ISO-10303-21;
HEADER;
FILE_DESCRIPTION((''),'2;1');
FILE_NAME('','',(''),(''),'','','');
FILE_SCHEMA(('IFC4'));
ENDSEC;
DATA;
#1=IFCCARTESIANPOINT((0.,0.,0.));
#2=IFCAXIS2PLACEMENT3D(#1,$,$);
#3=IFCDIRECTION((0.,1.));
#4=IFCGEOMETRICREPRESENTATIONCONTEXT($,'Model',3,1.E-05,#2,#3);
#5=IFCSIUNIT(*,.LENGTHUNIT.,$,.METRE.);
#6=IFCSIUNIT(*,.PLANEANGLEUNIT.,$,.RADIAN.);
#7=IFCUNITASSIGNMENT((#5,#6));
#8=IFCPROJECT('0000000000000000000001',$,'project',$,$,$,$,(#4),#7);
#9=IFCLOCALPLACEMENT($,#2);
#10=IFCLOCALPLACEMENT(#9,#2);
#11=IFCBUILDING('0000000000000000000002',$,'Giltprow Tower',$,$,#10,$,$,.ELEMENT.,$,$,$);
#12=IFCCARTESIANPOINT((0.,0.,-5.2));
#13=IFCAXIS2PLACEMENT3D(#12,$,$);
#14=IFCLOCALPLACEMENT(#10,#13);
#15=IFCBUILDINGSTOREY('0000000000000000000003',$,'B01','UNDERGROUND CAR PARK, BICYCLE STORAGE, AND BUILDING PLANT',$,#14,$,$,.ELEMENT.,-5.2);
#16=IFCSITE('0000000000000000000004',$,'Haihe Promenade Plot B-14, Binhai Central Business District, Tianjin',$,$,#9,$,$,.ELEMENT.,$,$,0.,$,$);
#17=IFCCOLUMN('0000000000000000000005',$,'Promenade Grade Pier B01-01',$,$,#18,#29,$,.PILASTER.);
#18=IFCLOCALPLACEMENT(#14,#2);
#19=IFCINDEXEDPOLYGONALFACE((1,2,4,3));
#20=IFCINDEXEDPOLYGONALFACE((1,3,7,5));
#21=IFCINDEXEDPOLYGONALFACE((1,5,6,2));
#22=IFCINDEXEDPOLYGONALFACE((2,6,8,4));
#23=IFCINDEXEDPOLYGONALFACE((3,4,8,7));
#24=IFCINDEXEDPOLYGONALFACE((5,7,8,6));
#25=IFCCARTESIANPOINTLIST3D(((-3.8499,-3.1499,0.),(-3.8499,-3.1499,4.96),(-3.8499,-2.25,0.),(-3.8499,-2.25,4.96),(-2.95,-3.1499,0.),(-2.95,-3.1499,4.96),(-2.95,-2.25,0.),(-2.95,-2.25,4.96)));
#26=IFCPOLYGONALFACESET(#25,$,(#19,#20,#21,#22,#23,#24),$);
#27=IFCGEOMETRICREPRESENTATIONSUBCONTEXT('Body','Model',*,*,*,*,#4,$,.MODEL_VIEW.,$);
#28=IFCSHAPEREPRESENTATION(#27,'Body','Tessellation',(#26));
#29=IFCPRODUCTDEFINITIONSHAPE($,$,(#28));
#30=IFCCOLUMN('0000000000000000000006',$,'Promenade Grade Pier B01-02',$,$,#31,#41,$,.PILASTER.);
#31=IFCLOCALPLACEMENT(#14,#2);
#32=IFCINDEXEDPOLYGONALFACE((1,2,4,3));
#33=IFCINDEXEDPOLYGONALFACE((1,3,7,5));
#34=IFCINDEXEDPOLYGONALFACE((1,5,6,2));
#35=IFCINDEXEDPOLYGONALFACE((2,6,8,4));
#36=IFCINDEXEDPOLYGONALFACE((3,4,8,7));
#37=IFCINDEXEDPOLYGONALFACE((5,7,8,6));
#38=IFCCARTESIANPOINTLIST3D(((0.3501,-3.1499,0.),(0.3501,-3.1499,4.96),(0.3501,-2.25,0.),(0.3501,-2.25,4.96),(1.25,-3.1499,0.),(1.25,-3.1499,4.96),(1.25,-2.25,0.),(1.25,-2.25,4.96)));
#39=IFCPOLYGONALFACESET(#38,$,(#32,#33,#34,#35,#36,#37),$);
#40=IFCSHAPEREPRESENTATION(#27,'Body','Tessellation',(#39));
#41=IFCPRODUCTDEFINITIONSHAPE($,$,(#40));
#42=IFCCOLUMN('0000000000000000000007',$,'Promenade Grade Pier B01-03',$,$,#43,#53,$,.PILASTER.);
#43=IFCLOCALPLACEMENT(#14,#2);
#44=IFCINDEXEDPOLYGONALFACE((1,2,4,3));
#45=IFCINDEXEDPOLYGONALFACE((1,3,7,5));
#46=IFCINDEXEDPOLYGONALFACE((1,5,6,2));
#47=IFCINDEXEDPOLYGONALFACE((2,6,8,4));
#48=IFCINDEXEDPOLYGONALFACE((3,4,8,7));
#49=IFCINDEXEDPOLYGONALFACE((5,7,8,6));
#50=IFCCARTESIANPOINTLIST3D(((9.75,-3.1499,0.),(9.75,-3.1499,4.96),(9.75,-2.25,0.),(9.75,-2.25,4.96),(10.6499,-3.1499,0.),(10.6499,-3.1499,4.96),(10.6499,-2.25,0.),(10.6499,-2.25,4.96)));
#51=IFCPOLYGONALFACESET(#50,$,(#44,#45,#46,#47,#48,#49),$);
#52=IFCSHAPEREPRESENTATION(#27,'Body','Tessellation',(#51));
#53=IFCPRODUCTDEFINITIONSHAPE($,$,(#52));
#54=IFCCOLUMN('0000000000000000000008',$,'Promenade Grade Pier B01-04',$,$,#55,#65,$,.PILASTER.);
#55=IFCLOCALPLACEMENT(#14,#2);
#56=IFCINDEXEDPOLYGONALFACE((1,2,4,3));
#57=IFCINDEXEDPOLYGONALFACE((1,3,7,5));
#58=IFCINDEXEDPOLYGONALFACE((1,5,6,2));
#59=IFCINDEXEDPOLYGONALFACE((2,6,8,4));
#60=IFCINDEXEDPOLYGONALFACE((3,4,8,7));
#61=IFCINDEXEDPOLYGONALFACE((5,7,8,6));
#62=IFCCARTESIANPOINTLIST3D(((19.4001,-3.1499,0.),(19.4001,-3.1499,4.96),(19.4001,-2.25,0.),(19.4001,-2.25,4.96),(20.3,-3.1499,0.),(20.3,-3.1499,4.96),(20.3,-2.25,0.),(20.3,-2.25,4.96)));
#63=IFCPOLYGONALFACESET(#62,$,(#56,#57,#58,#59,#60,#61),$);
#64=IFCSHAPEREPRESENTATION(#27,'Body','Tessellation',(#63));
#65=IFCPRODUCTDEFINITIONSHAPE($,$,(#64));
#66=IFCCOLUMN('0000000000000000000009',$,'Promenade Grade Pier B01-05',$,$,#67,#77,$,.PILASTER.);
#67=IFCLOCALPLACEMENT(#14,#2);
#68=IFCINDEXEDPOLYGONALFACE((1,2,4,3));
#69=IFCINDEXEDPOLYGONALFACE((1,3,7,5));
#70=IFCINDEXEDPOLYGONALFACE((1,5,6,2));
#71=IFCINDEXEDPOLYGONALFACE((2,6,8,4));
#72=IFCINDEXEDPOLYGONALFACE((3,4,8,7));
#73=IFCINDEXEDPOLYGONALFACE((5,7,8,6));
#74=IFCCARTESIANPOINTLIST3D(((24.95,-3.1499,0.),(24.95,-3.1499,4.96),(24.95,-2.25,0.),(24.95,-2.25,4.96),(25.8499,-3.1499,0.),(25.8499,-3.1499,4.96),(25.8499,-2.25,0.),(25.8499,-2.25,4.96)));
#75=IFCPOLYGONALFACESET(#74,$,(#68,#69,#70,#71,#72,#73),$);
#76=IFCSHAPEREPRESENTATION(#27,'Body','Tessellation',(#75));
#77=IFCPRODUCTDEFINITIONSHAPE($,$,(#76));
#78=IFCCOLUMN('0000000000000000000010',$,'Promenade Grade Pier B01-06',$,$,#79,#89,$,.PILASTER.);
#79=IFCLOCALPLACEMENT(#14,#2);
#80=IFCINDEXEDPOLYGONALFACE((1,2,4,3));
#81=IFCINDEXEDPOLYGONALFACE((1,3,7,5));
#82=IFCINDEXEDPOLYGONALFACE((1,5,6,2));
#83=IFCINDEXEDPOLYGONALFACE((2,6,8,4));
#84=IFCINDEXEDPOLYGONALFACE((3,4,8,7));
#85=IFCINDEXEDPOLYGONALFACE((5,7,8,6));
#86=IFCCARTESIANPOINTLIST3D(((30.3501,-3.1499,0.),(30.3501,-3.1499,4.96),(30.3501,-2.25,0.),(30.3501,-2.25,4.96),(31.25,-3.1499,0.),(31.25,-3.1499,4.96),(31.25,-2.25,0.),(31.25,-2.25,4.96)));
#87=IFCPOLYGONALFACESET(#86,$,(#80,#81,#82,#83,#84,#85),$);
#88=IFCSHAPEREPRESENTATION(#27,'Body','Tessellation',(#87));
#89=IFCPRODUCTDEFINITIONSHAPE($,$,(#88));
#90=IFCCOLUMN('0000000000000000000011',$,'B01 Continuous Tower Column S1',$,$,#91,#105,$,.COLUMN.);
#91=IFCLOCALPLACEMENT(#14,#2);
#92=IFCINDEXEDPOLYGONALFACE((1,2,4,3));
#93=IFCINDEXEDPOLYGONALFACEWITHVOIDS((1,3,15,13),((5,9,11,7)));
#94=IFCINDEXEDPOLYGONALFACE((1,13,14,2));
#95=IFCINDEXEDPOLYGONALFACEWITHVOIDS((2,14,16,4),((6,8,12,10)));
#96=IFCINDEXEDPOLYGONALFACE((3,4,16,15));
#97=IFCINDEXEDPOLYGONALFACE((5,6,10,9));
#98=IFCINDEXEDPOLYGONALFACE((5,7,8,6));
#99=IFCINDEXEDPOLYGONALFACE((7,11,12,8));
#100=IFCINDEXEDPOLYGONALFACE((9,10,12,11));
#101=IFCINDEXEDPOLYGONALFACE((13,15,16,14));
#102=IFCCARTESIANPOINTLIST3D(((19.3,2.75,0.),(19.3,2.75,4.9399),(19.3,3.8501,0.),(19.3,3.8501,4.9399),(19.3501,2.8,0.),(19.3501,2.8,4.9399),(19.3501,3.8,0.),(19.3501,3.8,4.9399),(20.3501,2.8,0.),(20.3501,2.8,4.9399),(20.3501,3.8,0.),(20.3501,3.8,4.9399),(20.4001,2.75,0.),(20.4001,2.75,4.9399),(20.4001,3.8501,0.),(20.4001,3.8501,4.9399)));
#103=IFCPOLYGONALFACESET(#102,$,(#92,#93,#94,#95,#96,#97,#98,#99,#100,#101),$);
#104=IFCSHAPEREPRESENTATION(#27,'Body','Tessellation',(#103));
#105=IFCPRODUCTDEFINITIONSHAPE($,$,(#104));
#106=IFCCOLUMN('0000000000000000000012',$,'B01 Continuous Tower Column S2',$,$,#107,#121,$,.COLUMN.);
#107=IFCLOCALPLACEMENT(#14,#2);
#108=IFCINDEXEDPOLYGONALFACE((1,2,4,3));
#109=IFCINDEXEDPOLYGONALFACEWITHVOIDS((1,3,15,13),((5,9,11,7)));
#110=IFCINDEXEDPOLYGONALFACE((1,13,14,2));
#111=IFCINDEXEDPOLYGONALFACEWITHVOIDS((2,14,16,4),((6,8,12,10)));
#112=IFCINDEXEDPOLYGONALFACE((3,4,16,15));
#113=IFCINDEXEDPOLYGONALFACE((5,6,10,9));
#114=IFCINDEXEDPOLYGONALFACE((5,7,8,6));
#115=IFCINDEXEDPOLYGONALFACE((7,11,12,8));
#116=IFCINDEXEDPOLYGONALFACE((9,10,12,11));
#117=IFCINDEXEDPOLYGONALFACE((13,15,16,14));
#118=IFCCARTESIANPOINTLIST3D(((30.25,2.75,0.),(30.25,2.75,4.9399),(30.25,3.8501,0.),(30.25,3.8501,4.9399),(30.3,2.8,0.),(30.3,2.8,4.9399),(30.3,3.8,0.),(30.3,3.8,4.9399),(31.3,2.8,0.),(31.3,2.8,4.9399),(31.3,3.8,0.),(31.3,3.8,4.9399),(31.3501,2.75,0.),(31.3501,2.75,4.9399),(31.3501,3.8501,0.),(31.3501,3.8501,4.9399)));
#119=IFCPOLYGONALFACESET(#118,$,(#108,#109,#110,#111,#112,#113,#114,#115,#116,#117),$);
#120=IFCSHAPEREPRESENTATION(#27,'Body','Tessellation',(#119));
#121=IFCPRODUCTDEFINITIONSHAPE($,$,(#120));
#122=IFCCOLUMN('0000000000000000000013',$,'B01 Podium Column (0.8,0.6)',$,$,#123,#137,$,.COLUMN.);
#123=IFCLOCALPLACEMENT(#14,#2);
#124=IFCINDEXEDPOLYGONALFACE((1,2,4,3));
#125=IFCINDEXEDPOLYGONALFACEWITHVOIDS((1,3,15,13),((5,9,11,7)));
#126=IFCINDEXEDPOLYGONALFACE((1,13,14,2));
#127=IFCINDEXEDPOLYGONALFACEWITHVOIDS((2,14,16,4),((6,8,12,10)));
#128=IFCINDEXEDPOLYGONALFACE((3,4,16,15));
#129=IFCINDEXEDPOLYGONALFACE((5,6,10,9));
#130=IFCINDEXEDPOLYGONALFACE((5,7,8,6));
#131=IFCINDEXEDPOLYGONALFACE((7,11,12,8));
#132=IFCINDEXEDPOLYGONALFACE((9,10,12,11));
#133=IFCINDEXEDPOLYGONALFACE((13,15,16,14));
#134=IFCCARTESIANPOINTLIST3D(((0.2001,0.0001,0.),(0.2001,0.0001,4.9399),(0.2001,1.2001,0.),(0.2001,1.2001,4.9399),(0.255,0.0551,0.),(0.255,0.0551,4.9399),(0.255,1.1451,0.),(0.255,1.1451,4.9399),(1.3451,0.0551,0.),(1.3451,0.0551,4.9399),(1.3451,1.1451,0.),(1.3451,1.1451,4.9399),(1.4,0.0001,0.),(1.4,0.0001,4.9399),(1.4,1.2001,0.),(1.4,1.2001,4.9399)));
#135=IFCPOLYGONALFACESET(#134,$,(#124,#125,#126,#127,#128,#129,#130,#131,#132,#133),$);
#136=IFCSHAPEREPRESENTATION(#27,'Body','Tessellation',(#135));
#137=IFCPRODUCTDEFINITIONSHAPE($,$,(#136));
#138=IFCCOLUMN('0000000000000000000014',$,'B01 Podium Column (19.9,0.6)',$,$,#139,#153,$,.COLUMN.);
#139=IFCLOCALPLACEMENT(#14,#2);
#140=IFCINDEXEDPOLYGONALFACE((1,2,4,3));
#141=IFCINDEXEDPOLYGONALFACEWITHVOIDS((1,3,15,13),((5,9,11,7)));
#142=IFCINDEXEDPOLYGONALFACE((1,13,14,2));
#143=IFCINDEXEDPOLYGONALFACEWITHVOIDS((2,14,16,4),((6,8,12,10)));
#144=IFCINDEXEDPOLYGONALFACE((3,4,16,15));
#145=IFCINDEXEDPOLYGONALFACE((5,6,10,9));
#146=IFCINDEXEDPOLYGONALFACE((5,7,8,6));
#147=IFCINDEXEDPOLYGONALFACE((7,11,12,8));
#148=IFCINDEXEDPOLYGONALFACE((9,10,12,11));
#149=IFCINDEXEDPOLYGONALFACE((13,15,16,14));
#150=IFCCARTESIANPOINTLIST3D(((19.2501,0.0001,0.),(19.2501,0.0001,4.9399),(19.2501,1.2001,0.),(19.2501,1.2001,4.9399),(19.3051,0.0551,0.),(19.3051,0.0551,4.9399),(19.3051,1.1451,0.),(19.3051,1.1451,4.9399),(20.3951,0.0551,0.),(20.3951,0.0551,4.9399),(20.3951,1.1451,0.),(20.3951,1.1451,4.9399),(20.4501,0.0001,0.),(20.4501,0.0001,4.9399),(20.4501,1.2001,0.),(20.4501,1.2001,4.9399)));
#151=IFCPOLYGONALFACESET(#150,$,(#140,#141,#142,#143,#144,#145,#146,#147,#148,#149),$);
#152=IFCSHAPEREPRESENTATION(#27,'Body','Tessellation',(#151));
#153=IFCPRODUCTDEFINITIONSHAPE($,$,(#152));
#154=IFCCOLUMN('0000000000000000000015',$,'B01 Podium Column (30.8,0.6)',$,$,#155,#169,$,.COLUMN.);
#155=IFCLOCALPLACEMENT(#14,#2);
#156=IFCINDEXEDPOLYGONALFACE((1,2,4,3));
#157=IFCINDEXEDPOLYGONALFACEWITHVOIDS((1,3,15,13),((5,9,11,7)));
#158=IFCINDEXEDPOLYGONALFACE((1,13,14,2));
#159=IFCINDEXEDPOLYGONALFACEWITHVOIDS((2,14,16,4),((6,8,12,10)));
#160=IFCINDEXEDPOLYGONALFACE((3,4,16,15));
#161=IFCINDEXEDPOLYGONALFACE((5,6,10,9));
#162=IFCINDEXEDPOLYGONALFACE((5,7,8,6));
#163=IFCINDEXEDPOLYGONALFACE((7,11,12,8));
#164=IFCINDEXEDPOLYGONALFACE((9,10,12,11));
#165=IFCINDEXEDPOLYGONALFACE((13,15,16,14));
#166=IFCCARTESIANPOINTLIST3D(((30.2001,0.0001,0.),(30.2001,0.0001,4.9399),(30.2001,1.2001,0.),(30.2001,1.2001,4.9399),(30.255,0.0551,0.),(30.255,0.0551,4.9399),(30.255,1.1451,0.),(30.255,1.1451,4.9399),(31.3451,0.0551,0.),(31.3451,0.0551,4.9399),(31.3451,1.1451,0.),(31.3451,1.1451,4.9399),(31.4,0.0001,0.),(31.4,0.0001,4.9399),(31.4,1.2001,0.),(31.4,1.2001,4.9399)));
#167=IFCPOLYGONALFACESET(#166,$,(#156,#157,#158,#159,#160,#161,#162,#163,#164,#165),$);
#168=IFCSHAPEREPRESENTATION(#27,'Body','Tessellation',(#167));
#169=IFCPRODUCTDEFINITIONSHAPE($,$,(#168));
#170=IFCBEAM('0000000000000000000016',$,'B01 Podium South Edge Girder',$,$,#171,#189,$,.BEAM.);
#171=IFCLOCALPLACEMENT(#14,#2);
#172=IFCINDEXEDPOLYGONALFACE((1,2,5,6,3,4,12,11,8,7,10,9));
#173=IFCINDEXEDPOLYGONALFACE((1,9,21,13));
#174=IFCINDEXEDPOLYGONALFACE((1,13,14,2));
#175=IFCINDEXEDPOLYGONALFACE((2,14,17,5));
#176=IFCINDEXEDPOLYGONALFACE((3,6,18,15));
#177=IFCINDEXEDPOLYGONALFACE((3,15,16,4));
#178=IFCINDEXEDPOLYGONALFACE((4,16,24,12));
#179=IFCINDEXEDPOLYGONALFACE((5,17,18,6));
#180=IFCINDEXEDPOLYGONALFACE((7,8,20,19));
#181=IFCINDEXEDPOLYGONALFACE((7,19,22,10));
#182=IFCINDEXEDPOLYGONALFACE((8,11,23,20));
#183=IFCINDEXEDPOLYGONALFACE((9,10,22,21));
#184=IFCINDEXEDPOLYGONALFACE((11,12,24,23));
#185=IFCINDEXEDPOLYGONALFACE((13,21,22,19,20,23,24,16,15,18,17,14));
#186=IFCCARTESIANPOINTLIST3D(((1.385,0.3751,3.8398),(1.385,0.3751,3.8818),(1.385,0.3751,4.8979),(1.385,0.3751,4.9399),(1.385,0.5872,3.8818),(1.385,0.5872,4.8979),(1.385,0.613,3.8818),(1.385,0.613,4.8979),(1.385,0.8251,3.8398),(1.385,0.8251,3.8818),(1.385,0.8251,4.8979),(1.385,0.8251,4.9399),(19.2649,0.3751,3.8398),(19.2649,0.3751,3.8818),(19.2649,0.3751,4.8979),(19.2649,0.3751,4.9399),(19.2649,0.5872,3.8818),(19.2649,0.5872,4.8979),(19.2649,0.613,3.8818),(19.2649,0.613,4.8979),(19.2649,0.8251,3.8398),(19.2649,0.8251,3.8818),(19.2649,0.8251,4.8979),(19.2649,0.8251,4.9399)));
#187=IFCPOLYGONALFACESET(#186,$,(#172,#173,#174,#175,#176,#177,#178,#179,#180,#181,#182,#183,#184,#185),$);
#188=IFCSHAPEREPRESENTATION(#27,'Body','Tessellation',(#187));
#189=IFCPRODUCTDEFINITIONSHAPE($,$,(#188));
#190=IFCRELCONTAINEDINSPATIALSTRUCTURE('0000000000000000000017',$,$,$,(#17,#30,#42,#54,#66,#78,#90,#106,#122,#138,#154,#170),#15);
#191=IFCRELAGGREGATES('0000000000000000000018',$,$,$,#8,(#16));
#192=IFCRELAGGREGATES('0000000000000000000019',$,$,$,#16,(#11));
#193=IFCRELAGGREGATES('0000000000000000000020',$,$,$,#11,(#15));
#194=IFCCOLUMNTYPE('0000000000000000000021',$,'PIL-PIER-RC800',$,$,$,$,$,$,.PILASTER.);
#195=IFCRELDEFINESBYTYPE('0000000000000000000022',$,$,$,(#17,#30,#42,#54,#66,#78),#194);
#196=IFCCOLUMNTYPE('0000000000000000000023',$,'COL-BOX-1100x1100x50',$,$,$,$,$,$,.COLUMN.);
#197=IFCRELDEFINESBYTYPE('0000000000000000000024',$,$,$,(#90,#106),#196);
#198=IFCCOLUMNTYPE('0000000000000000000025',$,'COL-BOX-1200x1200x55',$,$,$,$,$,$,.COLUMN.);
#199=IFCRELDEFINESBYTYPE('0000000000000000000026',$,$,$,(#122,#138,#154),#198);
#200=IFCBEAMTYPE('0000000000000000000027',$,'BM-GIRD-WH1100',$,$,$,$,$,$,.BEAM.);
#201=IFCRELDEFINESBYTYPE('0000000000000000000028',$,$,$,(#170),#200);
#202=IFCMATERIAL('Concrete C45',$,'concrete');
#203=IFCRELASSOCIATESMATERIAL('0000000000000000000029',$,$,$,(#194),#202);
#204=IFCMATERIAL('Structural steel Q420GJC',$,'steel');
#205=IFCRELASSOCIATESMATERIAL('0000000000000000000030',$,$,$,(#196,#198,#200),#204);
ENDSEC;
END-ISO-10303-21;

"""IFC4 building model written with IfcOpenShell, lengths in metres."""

from ifc_helpers import new_model, si_unit, direction, frame, origin, origin_2d, place, context, subcontext, project, spatial, rectangle, hollow_rectangle, i_section, extrude, source, transform, mapped, material, material_profile, profile_set, type_object, element, save


model = new_model("IFC4")

# Units and contexts
model_context = context("Model", 3, precision=1e-05, world=origin(), true_north=direction((0.0, 1.0)))
body_context = subcontext(model_context, "Body", "Model", "MODEL_VIEW")
ifc_project = project(units=[si_unit("LENGTHUNIT", "METRE"), si_unit("PLANEANGLEUNIT", "RADIAN")], contexts=[model_context])

# Site, building, storey
site_placement = place(None, origin())
site = spatial("IfcSite", under=ifc_project, at=site_placement, Name="Haihe Promenade Plot B-14, Binhai Central Business District, Tianjin", CompositionType="ELEMENT", RefElevation=0.0)
building_placement = place(site_placement, origin())
building = spatial("IfcBuilding", under=site, at=building_placement, Name="Giltprow Tower", CompositionType="ELEMENT")
storey_placement = place(building_placement, frame((0.0, 0.0, -5.2)))
storey = spatial("IfcBuildingStorey", under=building, at=storey_placement, Name="B01", Description="UNDERGROUND CAR PARK, BICYCLE STORAGE, AND BUILDING PLANT", CompositionType="ELEMENT", Elevation=-5.2)

# Columns
ifc_material_1 = material(Name="Concrete C45", Category="concrete")
ifc_material_profile_1 = material_profile(ifc_material_1, rectangle(XDim=0.8999, YDim=0.8999, at=origin_2d()), Name="RC 900x900")
ifc_profile_set_1 = profile_set([ifc_material_profile_1], Name="Concrete C45")
column_type_1 = type_object("IfcColumnType", Name="PIL-PIER-RC800", PredefinedType="PILASTER", material=ifc_profile_set_1)
shared_shape_1 = source(origin(), body_context, "Body", "SweptSolid", [
    extrude(rectangle(XDim=0.8999, YDim=0.8999, at=origin_2d()), origin(), (0.0, 0.0, 1.0), 4.96),
])
for number, where, z_axis, x_axis, name in (
    (1, (-3.3999, -2.7, 0.0), (0.0, 0.0, 1.0), (1.0, 0.0, 0.0), "Promenade Grade Pier B01-01"),
    (2, (0.8, -2.7, 0.0), (0.0, 0.0, 1.0), (1.0, 0.0, 0.0), "Promenade Grade Pier B01-02"),
    (3, (10.2, -2.7, 0.0), (0.0, 0.0, 1.0), (1.0, 0.0, 0.0), "Promenade Grade Pier B01-03"),
    (4, (19.8501, -2.7, 0.0), (0.0, 0.0, 1.0), (1.0, 0.0, 0.0), "Promenade Grade Pier B01-04"),
    (5, (25.3999, -2.7, 0.0), (0.0, 0.0, 1.0), (1.0, 0.0, 0.0), "Promenade Grade Pier B01-05"),
    (6, (30.8, -2.7, 0.0), (0.0, 0.0, 1.0), (1.0, 0.0, 0.0), "Promenade Grade Pier B01-06"),
):
    element("IfcColumn", number, at=place(storey_placement, frame(where, z_axis=z_axis, x_axis=x_axis)), inside=storey, type_object=column_type_1, Name=name, PredefinedType="PILASTER", context=body_context, shape_type="MappedRepresentation", body=[
        mapped(shared_shape_1, transform((0.0, 0.0, 0.0), x_axis=(1.0, 0.0, 0.0), y_axis=(0.0, 1.0, 0.0), z_axis=(0.0, 0.0, 1.0), scale=1.0)),
    ])
ifc_material_2 = material(Name="Structural steel Q420GJC", Category="steel")
ifc_material_profile_2 = material_profile(ifc_material_2, hollow_rectangle(XDim=1.1001, YDim=1.1001, WallThickness=0.05, at=origin_2d()), Name="BOX 1100x1100x50")
ifc_profile_set_2 = profile_set([ifc_material_profile_2], Name="Structural steel Q420GJC")
column_type_2 = type_object("IfcColumnType", Name="COL-BOX-1100x1100x50", PredefinedType="COLUMN", material=ifc_profile_set_2)
shared_shape_2 = source(origin(), body_context, "Body", "SweptSolid", [
    extrude(hollow_rectangle(XDim=1.1001, YDim=1.1001, WallThickness=0.05, at=origin_2d()), origin(), (0.0, 0.0, 1.0), 4.9399),
])
for number, where, z_axis, x_axis, name in (
    (7, (19.8501, 3.3, 0.0), (0.0, 0.0, 1.0), (1.0, 0.0, 0.0), "B01 Continuous Tower Column S1"),
    (8, (30.8, 3.3, 0.0), (0.0, 0.0, 1.0), (1.0, 0.0, 0.0), "B01 Continuous Tower Column S2"),
):
    element("IfcColumn", number, at=place(storey_placement, frame(where, z_axis=z_axis, x_axis=x_axis)), inside=storey, type_object=column_type_2, Name=name, PredefinedType="COLUMN", context=body_context, shape_type="MappedRepresentation", body=[
        mapped(shared_shape_2, transform((0.0, 0.0, 0.0), x_axis=(1.0, 0.0, 0.0), y_axis=(0.0, 1.0, 0.0), z_axis=(0.0, 0.0, 1.0), scale=1.0)),
    ])
ifc_material_profile_3 = material_profile(ifc_material_2, hollow_rectangle(XDim=1.2, YDim=1.2, WallThickness=0.0549, at=origin_2d()), Name="BOX 1200x1200x55")
ifc_profile_set_3 = profile_set([ifc_material_profile_3], Name="Structural steel Q420GJC")
column_type_3 = type_object("IfcColumnType", Name="COL-BOX-1200x1200x55", PredefinedType="COLUMN", material=ifc_profile_set_3)
shared_shape_3 = source(origin(), body_context, "Body", "SweptSolid", [
    extrude(hollow_rectangle(XDim=1.2, YDim=1.2, WallThickness=0.0549, at=origin_2d()), origin(), (0.0, 0.0, 1.0), 4.9399),
])
for number, where, z_axis, x_axis, name in (
    (9, (0.8, 0.6001, 0.0), (0.0, 0.0, 1.0), (1.0, 0.0, 0.0), "B01 Podium Column (0.8,0.6)"),
    (10, (19.8501, 0.6001, 0.0), (0.0, 0.0, 1.0), (1.0, 0.0, 0.0), "B01 Podium Column (19.9,0.6)"),
    (11, (30.8, 0.6001, 0.0), (0.0, 0.0, 1.0), (1.0, 0.0, 0.0), "B01 Podium Column (30.8,0.6)"),
):
    element("IfcColumn", number, at=place(storey_placement, frame(where, z_axis=z_axis, x_axis=x_axis)), inside=storey, type_object=column_type_3, Name=name, PredefinedType="COLUMN", context=body_context, shape_type="MappedRepresentation", body=[
        mapped(shared_shape_3, transform((0.0, 0.0, 0.0), x_axis=(1.0, 0.0, 0.0), y_axis=(0.0, 1.0, 0.0), z_axis=(0.0, 0.0, 1.0), scale=1.0)),
    ])

# Beam
ifc_material_profile_4 = material_profile(ifc_material_2, i_section(OverallWidth=0.45, OverallDepth=1.1001, WebThickness=0.0259, FlangeThickness=0.042, at=origin_2d()), Name="WH 1100x450x26x42")
ifc_profile_set_4 = profile_set([ifc_material_profile_4], Name="Structural steel Q420GJC")
beam_type_1 = type_object("IfcBeamType", Name="BM-GIRD-WH1100", PredefinedType="BEAM", material=ifc_profile_set_4)
shared_shape_4 = source(origin(), body_context, "Body", "SweptSolid", [
    extrude(i_section(OverallWidth=0.45, OverallDepth=1.1001, WebThickness=0.0259, FlangeThickness=0.042, at=origin_2d()), origin(), (0.0, 0.0, 1.0), 17.8799),
])
beam_1_placement = place(storey_placement, frame((1.385, 0.6001, 4.3899), z_axis=(1.0, 0.0, 0.0), x_axis=(0.0, 1.0, 0.0)))
element("IfcBeam", 12, at=beam_1_placement, inside=storey, type_object=beam_type_1, Name="B01 Podium South Edge Girder", PredefinedType="BEAM", context=body_context, shape_type="MappedRepresentation", body=[
    mapped(shared_shape_4, transform((0.0, 0.0, 0.0), x_axis=(1.0, 0.0, 0.0), y_axis=(0.0, 1.0, 0.0), z_axis=(0.0, 0.0, 1.0), scale=1.0)),
])

save(model, "model.ifc")
